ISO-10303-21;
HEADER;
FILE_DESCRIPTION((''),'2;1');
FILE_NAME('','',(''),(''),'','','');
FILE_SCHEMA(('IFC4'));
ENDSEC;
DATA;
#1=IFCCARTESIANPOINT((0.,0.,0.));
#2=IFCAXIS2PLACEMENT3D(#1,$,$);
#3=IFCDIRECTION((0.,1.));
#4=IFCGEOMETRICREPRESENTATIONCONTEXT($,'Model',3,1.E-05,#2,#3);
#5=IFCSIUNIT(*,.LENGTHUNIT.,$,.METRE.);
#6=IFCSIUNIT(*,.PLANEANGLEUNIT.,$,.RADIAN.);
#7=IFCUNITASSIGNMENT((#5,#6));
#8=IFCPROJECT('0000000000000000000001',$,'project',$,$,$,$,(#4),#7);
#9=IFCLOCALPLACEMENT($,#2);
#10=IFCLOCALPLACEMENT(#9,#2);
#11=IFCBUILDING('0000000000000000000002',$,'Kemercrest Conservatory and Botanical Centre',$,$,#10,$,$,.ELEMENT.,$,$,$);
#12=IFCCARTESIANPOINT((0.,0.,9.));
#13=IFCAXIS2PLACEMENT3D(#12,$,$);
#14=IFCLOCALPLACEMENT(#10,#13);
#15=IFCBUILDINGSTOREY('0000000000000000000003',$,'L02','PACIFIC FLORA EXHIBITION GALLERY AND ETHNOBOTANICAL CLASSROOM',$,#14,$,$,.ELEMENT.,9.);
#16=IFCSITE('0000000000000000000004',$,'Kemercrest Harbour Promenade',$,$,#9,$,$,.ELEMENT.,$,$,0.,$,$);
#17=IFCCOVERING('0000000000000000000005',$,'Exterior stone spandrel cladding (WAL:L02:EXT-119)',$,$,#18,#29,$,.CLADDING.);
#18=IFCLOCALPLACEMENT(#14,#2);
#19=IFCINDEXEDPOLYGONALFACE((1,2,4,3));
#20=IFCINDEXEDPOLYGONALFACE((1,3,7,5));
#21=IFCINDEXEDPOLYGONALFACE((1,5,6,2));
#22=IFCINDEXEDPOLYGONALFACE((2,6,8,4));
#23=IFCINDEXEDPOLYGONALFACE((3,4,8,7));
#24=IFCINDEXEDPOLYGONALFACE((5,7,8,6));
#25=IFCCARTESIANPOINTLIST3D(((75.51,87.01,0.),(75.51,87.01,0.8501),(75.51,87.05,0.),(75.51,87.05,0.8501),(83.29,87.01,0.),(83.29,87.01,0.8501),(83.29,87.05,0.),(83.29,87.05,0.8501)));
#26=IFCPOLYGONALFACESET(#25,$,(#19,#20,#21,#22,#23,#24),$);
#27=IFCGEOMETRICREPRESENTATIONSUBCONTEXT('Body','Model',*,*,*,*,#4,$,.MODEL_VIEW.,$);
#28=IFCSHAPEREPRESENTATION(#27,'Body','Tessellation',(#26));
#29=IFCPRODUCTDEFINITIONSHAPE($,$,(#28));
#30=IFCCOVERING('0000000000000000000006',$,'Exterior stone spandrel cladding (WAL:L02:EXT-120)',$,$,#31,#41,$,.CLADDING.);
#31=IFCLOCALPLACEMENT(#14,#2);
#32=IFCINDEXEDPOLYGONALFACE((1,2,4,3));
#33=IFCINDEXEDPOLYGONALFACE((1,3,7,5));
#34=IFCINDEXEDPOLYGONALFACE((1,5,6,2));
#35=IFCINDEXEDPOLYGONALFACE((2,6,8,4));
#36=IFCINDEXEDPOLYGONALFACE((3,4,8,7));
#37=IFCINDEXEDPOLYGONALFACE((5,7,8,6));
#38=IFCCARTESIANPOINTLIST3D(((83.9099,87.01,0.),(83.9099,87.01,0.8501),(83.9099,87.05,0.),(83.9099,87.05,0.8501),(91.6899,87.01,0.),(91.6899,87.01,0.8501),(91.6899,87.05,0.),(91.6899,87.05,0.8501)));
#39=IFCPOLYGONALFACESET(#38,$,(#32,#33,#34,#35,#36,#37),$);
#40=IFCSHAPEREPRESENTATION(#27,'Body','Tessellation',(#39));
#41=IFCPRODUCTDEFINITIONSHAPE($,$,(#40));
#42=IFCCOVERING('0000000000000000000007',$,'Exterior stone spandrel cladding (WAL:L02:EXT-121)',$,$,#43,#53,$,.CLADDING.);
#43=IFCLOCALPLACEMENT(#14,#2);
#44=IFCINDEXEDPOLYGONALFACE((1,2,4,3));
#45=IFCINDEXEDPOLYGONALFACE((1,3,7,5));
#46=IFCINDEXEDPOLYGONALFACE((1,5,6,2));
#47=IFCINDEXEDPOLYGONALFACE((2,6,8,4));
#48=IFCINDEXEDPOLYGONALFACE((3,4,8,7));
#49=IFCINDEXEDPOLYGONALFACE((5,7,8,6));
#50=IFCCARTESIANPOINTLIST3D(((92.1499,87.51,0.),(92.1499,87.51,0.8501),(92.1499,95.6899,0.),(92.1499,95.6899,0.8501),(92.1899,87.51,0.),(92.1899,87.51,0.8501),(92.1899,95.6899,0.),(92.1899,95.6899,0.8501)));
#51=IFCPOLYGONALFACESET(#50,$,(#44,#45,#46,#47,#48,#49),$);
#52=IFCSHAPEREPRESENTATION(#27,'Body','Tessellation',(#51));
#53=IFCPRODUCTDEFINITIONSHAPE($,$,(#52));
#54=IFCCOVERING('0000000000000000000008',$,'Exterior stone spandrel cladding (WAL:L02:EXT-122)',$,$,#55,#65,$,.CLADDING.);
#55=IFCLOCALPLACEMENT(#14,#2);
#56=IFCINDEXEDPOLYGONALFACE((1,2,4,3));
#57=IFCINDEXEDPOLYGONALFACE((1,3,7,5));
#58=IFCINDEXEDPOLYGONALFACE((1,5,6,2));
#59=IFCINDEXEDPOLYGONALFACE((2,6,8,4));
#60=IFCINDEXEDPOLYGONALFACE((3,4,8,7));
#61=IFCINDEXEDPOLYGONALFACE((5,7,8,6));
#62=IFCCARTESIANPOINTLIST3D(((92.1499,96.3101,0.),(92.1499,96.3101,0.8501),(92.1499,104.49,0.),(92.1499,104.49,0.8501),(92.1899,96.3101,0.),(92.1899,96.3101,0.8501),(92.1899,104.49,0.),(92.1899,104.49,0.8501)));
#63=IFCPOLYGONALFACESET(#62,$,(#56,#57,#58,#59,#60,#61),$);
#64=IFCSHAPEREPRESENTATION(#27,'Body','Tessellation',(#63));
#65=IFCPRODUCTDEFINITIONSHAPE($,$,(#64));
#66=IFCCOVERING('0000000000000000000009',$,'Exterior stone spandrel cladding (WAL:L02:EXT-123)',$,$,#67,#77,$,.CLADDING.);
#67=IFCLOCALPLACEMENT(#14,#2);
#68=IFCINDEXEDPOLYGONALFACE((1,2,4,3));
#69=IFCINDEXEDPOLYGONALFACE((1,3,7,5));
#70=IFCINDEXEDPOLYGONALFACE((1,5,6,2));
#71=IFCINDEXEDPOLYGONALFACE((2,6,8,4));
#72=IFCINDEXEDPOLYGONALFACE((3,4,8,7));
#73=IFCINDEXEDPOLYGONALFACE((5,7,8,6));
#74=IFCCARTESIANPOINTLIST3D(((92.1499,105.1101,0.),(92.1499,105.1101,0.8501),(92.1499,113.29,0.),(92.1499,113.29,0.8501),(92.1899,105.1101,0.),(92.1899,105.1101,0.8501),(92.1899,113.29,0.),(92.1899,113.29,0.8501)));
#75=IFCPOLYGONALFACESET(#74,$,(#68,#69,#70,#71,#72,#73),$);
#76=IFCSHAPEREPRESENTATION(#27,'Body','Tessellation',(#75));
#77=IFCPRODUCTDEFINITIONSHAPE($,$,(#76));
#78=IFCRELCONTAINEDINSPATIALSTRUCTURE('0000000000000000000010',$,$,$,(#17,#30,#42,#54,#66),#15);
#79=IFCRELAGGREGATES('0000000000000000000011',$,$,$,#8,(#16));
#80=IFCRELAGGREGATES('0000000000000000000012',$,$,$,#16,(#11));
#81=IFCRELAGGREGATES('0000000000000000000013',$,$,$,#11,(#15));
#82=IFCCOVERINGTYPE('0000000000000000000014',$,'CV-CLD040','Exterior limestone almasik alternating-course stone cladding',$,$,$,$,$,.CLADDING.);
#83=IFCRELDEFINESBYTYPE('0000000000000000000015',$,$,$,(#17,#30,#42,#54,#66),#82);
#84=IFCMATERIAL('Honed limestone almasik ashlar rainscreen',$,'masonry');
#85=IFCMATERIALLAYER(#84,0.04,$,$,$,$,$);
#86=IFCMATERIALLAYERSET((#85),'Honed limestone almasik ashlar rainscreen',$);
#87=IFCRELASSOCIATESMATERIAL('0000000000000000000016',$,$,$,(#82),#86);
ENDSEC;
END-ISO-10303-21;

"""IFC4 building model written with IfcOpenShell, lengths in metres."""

from ifc_helpers import new_model, si_unit, direction, frame, origin, place, context, subcontext, project, spatial, polyline, outline, extrude, material, layer, layer_set, type_object, element, save


model = new_model("IFC4")

# Units and contexts
model_context = context("Model", 3, precision=1e-05, world=origin(), true_north=direction((0.0, 1.0)))
body_context = subcontext(model_context, "Body", "Model", "MODEL_VIEW")
ifc_project = project(units=[si_unit("LENGTHUNIT", "METRE"), si_unit("PLANEANGLEUNIT", "RADIAN")], contexts=[model_context])

# Site, building, storey
site_placement = place(None, origin())
site = spatial("IfcSite", under=ifc_project, at=site_placement, Name="Kemercrest Harbour Promenade", CompositionType="ELEMENT", RefElevation=0.0)
building_placement = place(site_placement, origin())
building = spatial("IfcBuilding", under=site, at=building_placement, Name="Kemercrest Conservatory and Botanical Centre", CompositionType="ELEMENT")
storey_placement = place(building_placement, frame((0.0, 0.0, 9.0)))
storey = spatial("IfcBuildingStorey", under=building, at=storey_placement, Name="L02", Description="PACIFIC FLORA EXHIBITION GALLERY AND ETHNOBOTANICAL CLASSROOM", CompositionType="ELEMENT", Elevation=9.0)

# Coverings
ifc_material = material(Name="Honed limestone almasik ashlar rainscreen", Category="masonry")
ifc_layer = layer(ifc_material, 0.04)
ifc_layer_set = layer_set([ifc_layer], Name="Honed limestone almasik ashlar rainscreen")
covering_type = type_object("IfcCoveringType", Name="CV-CLD040", Description="Exterior limestone almasik alternating-course stone cladding", PredefinedType="CLADDING", material=ifc_layer_set)
covering_1_placement = place(storey_placement, origin())
element("IfcCovering", 1, at=covering_1_placement, inside=storey, type_object=covering_type, Name="Exterior stone spandrel cladding (WAL:L02:EXT-119)", PredefinedType="CLADDING", context=body_context, shape_type="SweptSolid", body=[
    extrude(outline(polyline([(75.51, 87.05), (75.51, 87.01), (83.29, 87.01), (83.29, 87.05), (75.51, 87.05)])), origin(), (0.0, 0.0, 1.0), 0.8501),
])
covering_2_placement = place(storey_placement, origin())
element("IfcCovering", 2, at=covering_2_placement, inside=storey, type_object=covering_type, Name="Exterior stone spandrel cladding (WAL:L02:EXT-120)", PredefinedType="CLADDING", context=body_context, shape_type="SweptSolid", body=[
    extrude(outline(polyline([(83.9099, 87.05), (83.9099, 87.01), (91.6899, 87.01), (91.6899, 87.05), (83.9099, 87.05)])), origin(), (0.0, 0.0, 1.0), 0.8501),
])
covering_3_placement = place(storey_placement, origin())
element("IfcCovering", 3, at=covering_3_placement, inside=storey, type_object=covering_type, Name="Exterior stone spandrel cladding (WAL:L02:EXT-121)", PredefinedType="CLADDING", context=body_context, shape_type="SweptSolid", body=[
    extrude(outline(polyline([(92.1499, 87.51), (92.1899, 87.51), (92.1899, 95.6899), (92.1499, 95.6899), (92.1499, 87.51)])), origin(), (0.0, 0.0, 1.0), 0.8501),
])
covering_4_placement = place(storey_placement, origin())
element("IfcCovering", 4, at=covering_4_placement, inside=storey, type_object=covering_type, Name="Exterior stone spandrel cladding (WAL:L02:EXT-122)", PredefinedType="CLADDING", context=body_context, shape_type="SweptSolid", body=[
    extrude(outline(polyline([(92.1499, 96.3101), (92.1899, 96.3101), (92.1899, 104.49), (92.1499, 104.49), (92.1499, 96.3101)])), origin(), (0.0, 0.0, 1.0), 0.8501),
])
covering_5_placement = place(storey_placement, origin())
element("IfcCovering", 5, at=covering_5_placement, inside=storey, type_object=covering_type, Name="Exterior stone spandrel cladding (WAL:L02:EXT-123)", PredefinedType="CLADDING", context=body_context, shape_type="SweptSolid", body=[
    extrude(outline(polyline([(92.1499, 105.1101), (92.1899, 105.1101), (92.1899, 113.29), (92.1499, 113.29), (92.1499, 105.1101)])), origin(), (0.0, 0.0, 1.0), 0.8501),
])

save(model, "model.ifc")
